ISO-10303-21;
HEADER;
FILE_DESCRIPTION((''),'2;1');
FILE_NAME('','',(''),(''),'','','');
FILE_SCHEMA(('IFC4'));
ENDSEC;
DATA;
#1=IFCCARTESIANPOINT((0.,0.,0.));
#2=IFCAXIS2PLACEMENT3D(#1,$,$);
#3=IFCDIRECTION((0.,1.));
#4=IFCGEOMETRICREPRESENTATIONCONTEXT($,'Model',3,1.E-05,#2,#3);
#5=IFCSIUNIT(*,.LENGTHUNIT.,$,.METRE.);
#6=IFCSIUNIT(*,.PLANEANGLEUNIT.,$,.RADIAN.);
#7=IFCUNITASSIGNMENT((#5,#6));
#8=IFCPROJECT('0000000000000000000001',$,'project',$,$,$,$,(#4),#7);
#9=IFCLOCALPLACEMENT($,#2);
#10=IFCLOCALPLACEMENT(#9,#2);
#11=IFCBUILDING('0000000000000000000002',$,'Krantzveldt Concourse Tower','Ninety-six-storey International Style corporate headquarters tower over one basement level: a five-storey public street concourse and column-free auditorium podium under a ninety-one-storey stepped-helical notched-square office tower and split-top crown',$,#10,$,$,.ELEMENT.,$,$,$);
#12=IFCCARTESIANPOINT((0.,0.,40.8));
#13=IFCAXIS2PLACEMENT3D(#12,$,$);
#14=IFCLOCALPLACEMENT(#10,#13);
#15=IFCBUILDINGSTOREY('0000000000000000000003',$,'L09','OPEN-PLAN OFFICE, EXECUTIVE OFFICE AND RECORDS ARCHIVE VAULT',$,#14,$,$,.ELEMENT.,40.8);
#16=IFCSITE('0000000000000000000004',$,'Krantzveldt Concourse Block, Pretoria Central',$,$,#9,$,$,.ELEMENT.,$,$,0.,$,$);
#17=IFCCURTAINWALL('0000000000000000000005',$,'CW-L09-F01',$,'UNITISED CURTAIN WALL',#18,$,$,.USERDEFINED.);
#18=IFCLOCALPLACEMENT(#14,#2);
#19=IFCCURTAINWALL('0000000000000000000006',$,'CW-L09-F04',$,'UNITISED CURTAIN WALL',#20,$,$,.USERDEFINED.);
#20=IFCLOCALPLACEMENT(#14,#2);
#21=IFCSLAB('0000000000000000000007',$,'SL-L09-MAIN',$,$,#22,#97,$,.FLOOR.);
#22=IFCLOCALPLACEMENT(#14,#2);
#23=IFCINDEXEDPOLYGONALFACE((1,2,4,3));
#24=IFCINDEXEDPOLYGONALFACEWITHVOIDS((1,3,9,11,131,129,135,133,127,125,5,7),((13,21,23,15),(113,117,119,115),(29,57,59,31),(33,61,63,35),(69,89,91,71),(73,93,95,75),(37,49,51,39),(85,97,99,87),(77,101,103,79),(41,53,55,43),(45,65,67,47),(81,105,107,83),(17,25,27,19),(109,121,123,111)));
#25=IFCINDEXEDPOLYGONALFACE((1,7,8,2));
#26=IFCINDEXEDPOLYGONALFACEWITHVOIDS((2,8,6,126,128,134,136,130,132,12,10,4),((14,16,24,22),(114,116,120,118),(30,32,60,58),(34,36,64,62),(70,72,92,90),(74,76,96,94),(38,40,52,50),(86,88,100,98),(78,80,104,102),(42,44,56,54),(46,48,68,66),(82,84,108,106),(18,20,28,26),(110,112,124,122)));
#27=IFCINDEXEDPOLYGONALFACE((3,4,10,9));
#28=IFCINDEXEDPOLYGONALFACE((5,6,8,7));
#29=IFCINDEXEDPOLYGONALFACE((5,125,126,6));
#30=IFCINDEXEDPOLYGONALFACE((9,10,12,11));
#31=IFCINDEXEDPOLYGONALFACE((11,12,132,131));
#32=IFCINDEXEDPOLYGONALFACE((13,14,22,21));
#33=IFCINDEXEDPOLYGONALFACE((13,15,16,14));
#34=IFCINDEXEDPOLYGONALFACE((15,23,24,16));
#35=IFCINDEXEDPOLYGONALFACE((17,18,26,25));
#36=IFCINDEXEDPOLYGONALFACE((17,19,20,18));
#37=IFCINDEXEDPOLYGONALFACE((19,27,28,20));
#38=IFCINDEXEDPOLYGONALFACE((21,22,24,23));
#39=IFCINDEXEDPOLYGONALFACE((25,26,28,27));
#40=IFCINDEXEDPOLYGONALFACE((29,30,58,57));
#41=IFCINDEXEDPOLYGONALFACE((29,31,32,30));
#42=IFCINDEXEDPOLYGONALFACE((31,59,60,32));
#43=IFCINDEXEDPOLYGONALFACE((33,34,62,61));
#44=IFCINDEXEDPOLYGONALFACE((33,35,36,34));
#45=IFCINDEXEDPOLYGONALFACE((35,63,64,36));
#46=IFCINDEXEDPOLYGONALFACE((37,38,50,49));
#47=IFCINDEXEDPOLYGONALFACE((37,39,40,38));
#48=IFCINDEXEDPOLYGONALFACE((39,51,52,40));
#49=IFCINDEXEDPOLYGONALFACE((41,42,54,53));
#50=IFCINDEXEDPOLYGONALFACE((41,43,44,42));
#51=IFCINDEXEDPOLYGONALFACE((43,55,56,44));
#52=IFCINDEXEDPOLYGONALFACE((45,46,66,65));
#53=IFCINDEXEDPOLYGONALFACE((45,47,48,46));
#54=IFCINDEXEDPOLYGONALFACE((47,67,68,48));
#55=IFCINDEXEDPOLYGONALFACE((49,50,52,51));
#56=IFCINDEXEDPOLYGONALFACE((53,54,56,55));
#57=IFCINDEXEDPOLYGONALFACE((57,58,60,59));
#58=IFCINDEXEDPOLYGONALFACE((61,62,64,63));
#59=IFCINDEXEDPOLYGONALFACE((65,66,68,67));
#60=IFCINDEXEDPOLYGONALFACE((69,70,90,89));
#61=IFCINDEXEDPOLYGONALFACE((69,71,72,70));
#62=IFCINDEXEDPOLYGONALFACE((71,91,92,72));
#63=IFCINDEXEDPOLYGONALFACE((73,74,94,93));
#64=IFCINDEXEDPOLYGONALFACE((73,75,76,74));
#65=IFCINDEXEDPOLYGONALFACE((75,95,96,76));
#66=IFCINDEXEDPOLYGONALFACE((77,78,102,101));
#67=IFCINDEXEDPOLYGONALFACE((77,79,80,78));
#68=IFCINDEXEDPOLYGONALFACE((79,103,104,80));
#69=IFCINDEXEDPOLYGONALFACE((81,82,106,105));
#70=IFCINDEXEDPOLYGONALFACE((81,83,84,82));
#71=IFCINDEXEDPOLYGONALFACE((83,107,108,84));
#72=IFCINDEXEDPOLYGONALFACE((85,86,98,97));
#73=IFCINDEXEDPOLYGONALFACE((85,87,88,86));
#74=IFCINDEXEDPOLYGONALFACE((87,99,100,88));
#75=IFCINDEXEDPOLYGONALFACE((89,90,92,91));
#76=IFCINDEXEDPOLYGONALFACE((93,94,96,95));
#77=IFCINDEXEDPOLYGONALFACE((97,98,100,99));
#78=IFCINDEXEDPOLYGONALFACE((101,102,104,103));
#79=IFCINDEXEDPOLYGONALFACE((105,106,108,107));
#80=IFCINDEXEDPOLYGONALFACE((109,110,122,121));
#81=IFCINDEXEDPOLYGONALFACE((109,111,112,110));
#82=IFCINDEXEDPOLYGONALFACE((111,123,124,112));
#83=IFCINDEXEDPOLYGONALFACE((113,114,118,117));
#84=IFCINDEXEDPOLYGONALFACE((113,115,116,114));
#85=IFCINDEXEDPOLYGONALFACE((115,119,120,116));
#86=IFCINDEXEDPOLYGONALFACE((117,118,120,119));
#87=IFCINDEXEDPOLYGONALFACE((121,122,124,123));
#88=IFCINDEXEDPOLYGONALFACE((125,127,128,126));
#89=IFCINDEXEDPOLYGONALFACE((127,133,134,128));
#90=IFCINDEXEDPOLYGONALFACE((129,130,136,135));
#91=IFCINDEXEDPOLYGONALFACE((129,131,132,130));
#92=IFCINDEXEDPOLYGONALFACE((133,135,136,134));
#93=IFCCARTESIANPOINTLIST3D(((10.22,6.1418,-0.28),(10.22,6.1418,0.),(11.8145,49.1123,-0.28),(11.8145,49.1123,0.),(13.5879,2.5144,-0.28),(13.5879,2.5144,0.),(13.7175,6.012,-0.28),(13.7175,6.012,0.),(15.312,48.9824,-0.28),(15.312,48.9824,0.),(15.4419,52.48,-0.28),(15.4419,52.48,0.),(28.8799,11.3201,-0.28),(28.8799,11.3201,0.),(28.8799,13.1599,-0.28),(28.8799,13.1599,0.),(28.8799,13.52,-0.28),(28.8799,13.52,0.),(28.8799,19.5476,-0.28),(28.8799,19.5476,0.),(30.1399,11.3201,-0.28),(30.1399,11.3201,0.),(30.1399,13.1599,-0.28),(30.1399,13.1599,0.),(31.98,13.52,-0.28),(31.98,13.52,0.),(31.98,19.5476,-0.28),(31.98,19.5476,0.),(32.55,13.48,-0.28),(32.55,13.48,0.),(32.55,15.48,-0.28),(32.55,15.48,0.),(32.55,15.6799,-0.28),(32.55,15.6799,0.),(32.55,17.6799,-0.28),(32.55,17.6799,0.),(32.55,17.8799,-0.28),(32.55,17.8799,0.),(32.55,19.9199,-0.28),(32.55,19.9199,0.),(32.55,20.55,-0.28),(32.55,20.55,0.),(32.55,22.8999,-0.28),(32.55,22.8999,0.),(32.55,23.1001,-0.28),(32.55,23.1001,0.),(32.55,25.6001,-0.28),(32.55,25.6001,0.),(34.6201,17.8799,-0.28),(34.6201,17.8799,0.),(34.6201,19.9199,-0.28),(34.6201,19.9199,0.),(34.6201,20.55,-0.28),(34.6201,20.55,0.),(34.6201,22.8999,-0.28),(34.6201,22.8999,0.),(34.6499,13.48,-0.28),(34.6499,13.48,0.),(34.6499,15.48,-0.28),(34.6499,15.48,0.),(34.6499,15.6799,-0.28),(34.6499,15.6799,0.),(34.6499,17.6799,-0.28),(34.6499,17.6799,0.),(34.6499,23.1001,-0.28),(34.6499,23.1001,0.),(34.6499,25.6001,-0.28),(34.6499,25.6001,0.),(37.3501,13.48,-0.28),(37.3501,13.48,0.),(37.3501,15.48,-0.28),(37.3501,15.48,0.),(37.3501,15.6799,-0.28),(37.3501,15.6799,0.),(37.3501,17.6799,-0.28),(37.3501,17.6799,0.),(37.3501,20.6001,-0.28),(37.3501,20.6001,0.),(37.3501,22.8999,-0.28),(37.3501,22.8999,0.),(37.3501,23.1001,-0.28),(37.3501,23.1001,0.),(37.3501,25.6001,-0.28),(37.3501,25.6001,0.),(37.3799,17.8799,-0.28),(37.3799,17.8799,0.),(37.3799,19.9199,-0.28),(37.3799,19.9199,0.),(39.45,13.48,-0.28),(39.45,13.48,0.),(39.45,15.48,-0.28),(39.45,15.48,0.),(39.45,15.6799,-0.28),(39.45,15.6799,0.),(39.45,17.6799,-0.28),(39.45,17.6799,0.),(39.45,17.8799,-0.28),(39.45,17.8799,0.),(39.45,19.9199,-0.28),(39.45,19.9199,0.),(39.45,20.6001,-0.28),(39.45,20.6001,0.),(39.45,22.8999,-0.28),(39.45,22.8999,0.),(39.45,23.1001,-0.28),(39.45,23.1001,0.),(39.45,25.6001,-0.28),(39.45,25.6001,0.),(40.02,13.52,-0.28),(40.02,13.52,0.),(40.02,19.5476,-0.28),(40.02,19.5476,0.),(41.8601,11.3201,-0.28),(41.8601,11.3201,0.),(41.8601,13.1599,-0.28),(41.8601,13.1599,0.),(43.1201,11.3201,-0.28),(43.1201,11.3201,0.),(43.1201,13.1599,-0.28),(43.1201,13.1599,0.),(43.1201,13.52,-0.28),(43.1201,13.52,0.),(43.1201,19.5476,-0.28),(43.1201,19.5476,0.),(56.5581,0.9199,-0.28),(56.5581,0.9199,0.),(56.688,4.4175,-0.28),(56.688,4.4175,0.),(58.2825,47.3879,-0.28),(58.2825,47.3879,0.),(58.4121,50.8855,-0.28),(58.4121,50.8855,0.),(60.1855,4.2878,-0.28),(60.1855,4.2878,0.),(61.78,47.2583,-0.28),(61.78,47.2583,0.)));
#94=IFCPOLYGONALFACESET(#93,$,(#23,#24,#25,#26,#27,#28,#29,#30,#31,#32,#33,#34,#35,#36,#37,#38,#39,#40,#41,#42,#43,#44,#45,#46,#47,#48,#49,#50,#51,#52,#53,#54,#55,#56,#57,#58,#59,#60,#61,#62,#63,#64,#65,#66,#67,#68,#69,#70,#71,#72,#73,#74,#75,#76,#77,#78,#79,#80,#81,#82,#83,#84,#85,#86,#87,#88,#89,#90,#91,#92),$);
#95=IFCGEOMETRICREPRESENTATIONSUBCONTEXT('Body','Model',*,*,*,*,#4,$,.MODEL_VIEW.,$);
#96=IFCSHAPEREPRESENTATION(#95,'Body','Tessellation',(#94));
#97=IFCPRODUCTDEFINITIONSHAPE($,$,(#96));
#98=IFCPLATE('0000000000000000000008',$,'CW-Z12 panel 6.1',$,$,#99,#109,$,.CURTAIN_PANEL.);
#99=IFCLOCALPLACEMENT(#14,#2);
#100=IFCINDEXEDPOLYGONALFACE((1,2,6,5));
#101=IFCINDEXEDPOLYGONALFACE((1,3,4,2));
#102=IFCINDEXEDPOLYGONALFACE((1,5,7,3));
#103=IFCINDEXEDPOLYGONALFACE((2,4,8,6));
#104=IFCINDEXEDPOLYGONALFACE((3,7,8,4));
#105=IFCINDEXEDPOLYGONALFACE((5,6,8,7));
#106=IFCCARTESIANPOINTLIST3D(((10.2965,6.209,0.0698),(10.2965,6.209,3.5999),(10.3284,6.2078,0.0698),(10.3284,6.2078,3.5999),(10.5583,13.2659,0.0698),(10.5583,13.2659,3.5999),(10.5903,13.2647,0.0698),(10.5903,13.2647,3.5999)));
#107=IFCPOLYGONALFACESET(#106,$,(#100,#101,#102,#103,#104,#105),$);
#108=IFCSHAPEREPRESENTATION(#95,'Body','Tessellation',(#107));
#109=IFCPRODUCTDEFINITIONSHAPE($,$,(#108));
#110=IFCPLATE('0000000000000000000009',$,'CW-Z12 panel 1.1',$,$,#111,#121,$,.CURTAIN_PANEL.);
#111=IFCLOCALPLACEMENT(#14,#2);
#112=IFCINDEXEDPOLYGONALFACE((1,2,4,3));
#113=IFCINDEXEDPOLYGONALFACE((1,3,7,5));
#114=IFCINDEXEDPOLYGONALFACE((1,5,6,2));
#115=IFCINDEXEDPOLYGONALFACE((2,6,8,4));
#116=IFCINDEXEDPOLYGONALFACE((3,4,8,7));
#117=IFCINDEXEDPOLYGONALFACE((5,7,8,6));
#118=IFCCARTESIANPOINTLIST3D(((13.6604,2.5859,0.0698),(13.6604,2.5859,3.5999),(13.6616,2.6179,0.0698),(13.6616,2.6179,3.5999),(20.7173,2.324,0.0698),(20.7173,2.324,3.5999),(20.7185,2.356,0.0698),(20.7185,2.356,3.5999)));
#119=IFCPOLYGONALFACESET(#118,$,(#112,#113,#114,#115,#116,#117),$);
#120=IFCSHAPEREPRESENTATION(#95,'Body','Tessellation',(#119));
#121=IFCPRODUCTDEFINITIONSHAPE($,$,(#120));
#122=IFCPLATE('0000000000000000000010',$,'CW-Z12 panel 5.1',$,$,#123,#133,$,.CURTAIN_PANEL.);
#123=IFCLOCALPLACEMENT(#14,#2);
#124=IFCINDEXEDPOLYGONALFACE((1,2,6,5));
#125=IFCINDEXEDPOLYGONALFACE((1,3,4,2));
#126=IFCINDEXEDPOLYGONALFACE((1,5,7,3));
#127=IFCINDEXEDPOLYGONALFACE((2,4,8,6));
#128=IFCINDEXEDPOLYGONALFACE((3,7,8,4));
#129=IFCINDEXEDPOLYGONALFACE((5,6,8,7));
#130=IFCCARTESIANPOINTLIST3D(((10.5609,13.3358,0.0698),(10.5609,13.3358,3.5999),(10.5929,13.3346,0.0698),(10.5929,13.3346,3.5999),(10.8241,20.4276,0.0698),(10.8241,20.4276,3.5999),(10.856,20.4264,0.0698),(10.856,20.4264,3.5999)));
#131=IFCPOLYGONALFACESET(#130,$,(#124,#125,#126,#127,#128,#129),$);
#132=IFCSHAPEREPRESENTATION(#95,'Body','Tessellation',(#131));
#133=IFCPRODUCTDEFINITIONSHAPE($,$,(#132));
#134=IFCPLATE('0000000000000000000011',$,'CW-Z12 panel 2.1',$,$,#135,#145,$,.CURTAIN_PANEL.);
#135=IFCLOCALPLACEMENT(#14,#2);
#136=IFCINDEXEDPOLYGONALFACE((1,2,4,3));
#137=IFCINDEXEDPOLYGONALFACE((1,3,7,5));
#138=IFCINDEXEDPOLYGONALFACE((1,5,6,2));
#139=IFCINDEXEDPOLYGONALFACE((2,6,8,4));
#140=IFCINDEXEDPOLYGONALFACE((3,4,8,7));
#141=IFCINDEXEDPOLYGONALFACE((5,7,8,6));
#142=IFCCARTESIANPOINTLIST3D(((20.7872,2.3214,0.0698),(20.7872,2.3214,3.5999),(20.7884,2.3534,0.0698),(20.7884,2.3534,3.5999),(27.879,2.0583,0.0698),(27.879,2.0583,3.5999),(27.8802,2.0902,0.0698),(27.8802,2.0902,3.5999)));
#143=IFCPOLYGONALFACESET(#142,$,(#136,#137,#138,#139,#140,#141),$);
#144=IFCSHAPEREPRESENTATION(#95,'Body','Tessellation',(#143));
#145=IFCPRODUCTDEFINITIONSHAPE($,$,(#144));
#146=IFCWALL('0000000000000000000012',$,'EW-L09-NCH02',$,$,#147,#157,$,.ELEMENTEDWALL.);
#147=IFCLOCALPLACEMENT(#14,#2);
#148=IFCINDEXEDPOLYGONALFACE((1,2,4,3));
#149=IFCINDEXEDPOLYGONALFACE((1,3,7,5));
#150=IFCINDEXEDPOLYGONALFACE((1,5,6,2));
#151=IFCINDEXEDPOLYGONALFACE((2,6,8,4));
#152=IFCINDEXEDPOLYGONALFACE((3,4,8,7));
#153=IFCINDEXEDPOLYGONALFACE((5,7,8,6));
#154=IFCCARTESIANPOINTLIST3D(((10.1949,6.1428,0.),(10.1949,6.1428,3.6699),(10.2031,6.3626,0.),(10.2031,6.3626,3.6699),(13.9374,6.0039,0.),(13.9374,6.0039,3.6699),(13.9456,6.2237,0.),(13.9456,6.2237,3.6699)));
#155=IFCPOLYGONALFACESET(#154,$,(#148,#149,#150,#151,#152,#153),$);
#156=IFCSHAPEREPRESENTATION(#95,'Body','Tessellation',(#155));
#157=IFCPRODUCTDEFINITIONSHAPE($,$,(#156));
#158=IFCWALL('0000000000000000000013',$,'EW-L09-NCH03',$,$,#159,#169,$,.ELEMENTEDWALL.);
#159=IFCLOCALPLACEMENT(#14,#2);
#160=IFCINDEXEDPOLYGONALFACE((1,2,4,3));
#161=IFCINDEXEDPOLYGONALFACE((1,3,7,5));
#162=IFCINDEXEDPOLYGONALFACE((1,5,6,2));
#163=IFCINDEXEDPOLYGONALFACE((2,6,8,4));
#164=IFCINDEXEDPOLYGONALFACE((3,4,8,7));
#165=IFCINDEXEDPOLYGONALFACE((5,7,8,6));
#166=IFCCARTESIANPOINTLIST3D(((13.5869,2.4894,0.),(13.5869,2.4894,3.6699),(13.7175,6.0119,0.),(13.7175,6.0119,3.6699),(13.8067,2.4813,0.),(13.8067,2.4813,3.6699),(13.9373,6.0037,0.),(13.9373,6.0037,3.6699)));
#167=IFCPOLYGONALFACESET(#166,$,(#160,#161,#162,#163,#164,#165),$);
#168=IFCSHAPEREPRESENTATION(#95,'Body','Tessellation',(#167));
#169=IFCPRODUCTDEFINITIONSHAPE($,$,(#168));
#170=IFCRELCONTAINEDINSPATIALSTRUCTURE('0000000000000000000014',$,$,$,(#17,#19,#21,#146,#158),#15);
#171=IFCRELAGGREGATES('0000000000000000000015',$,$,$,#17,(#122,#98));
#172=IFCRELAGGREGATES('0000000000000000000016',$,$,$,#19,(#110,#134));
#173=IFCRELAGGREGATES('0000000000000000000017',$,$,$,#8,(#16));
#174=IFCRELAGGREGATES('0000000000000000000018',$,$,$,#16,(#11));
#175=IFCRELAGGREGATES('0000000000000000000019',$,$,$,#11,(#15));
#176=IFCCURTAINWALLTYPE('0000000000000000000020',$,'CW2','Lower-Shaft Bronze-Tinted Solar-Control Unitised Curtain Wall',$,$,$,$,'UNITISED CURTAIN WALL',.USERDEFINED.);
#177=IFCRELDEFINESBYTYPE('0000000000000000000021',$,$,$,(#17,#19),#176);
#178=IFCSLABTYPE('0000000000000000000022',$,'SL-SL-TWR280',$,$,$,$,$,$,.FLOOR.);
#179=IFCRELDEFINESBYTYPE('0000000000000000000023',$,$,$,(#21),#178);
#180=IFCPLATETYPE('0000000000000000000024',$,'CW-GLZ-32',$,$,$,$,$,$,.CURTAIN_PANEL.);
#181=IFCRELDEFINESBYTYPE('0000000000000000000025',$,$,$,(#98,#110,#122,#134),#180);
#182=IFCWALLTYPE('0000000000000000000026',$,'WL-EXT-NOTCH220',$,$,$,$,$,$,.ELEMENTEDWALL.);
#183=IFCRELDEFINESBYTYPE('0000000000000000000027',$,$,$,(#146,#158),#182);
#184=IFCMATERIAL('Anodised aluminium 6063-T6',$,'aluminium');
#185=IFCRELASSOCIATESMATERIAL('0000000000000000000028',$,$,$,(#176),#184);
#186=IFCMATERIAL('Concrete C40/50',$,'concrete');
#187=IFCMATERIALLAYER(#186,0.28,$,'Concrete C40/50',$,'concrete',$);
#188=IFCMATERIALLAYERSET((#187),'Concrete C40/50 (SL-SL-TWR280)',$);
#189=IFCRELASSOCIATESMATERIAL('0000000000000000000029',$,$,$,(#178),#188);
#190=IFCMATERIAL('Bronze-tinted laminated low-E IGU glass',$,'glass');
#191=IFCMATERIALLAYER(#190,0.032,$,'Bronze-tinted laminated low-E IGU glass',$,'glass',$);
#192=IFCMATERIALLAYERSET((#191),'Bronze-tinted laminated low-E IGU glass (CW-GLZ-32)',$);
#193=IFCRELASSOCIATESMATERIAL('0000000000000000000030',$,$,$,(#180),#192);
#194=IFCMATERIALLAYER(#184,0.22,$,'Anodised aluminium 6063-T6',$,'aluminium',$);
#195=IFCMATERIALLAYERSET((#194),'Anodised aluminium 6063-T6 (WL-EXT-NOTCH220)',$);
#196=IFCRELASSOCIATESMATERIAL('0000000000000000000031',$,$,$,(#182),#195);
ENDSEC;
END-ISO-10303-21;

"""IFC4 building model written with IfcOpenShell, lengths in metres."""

from ifc_helpers import new_model, si_unit, direction, frame, frame_2d, origin, origin_2d, place, context, subcontext, project, spatial, polyline, rectangle, outline, extrude, source, transform, mapped, material, layer, layer_set, type_object, type_shapes, element, aggregate, save


model = new_model("IFC4")

# Units and contexts
model_context = context("Model", 3, precision=1e-05, world=origin(), true_north=direction((0.0, 1.0)))
body_context = subcontext(model_context, "Body", "Model", "MODEL_VIEW")
ifc_project = project(units=[si_unit("LENGTHUNIT", "METRE"), si_unit("PLANEANGLEUNIT", "RADIAN")], contexts=[model_context])

# Site, building, storey
site_placement = place(None, origin())
site = spatial("IfcSite", under=ifc_project, at=site_placement, Name="Krantzveldt Concourse Block, Pretoria Central", CompositionType="ELEMENT", RefElevation=0.0)
building_placement = place(site_placement, origin())
building = spatial("IfcBuilding", under=site, at=building_placement, Name="Krantzveldt Concourse Tower", Description="Ninety-six-storey International Style corporate headquarters tower over one basement level: a five-storey public street concourse and column-free auditorium podium under a ninety-one-storey stepped-helical notched-square office tower and split-top crown", CompositionType="ELEMENT")
storey_placement = place(building_placement, frame((0.0, 0.0, 40.8)))
storey = spatial("IfcBuildingStorey", under=building, at=storey_placement, Name="L09", Description="OPEN-PLAN OFFICE, EXECUTIVE OFFICE AND RECORDS ARCHIVE VAULT", CompositionType="ELEMENT", Elevation=40.8)

# Curtain walls
ifc_material_1 = material(Name="Anodised aluminium 6063-T6", Category="aluminium")
curtain_wall_type = type_object("IfcCurtainWallType", Name="CW2", Description="Lower-Shaft Bronze-Tinted Solar-Control Unitised Curtain Wall", ElementType="UNITISED CURTAIN WALL", PredefinedType="USERDEFINED", material=ifc_material_1)
curtain_wall_1_placement = place(storey_placement, origin())
curtain_wall_1 = element("IfcCurtainWall", 1, at=curtain_wall_1_placement, inside=storey, type_object=curtain_wall_type, Name="CW-L09-F01", ObjectType="UNITISED CURTAIN WALL", PredefinedType="USERDEFINED")
curtain_wall_2_placement = place(storey_placement, origin())
curtain_wall_2 = element("IfcCurtainWall", 2, at=curtain_wall_2_placement, inside=storey, type_object=curtain_wall_type, Name="CW-L09-F04", ObjectType="UNITISED CURTAIN WALL", PredefinedType="USERDEFINED")

# Slab
ifc_material_2 = material(Name="Concrete C40/50", Category="concrete")
ifc_layer_1 = layer(ifc_material_2, 0.28, Name="Concrete C40/50", Category="concrete")
ifc_layer_set_1 = layer_set([ifc_layer_1], Name="Concrete C40/50 (SL-SL-TWR280)")
slab_type_1 = type_object("IfcSlabType", Name="SL-SL-TWR280", PredefinedType="FLOOR", material=ifc_layer_set_1)
slab_1_placement = place(storey_placement, frame((0.0, 0.0, -0.28)))
element("IfcSlab", 3, at=slab_1_placement, inside=storey, type_object=slab_type_1, Name="SL-L09-MAIN", PredefinedType="FLOOR", context=body_context, shape_type="SweptSolid", body=[
    extrude(outline(polyline([(15.312, 48.9824), (11.8145, 49.1123), (10.22, 6.1418), (13.7175, 6.012), (13.5879, 2.5144), (56.5581, 0.9199), (56.688, 4.4175), (60.1855, 4.2878), (61.78, 47.2583), (58.2825, 47.3879), (58.4121, 50.8855), (15.4419, 52.48), (15.312, 48.9824)]), holes=[polyline([(28.8799, 19.5476), (28.8799, 13.52), (31.98, 13.52), (31.98, 19.5476), (28.8799, 19.5476)]), polyline([(40.02, 19.5476), (40.02, 13.52), (43.1201, 13.52), (43.1201, 19.5476), (40.02, 19.5476)]), polyline([(32.55, 23.1001), (34.6499, 23.1001), (34.6499, 25.6001), (32.55, 25.6001), (32.55, 23.1001)]), polyline([(37.3501, 23.1001), (39.45, 23.1001), (39.45, 25.6001), (37.3501, 25.6001), (37.3501, 23.1001)]), polyline([(37.3501, 20.6001), (39.45, 20.6001), (39.45, 22.8999), (37.3501, 22.8999), (37.3501, 20.6001)]), polyline([(32.55, 13.48), (34.6499, 13.48), (34.6499, 15.48), (32.55, 15.48), (32.55, 13.48)]), polyline([(32.55, 15.6799), (34.6499, 15.6799), (34.6499, 17.6799), (32.55, 17.6799), (32.55, 15.6799)]), polyline([(37.3501, 13.48), (39.45, 13.48), (39.45, 15.48), (37.3501, 15.48), (37.3501, 13.48)]), polyline([(37.3501, 15.6799), (39.45, 15.6799), (39.45, 17.6799), (37.3501, 17.6799), (37.3501, 15.6799)]), polyline([(32.55, 20.55), (34.6201, 20.55), (34.6201, 22.8999), (32.55, 22.8999), (32.55, 20.55)]), polyline([(32.55, 17.8799), (34.6201, 17.8799), (34.6201, 19.9199), (32.55, 19.9199), (32.55, 17.8799)]), polyline([(37.3799, 17.8799), (39.45, 17.8799), (39.45, 19.9199), (37.3799, 19.9199), (37.3799, 17.8799)]), polyline([(28.8799, 11.3201), (30.1399, 11.3201), (30.1399, 13.1599), (28.8799, 13.1599), (28.8799, 11.3201)]), polyline([(41.8601, 11.3201), (43.1201, 11.3201), (43.1201, 13.1599), (41.8601, 13.1599), (41.8601, 11.3201)])]), origin(), (0.0, 0.0, 1.0), 0.28),
])

# Plates
ifc_material_3 = material(Name="Bronze-tinted laminated low-E IGU glass", Category="glass")
ifc_layer_2 = layer(ifc_material_3, 0.032, Name="Bronze-tinted laminated low-E IGU glass", Category="glass")
ifc_layer_set_2 = layer_set([ifc_layer_2], Name="Bronze-tinted laminated low-E IGU glass (CW-GLZ-32)")
plate_type = type_object("IfcPlateType", Name="CW-GLZ-32", PredefinedType="CURTAIN_PANEL", material=ifc_layer_set_2)
shared_shape_1 = source(origin(), body_context, "Body", "SweptSolid", [
    extrude(rectangle(XDim=7.0618, YDim=0.032, at=origin_2d()), origin(), (0.0, 0.0, 1.0), 3.53),
])
plate_1_placement = place(storey_placement, frame((10.4434, 9.7368, 0.0698), z_axis=(0.0, 0.0, 1.0), x_axis=(-0.03708, -0.999312, 0.0)))
plate_1 = element("IfcPlate", 4, at=plate_1_placement, type_object=plate_type, Name="CW-Z12 panel 6.1", PredefinedType="CURTAIN_PANEL", context=body_context, shape_type="MappedRepresentation", body=[
    mapped(shared_shape_1, transform((0.0, 0.0, 0.0), x_axis=(1.0, 0.0, 0.0), y_axis=(0.0, 1.0, 0.0), z_axis=(0.0, 0.0, 1.0), scale=1.0)),
])
plate_2_placement = place(storey_placement, frame((17.1895, 2.4709, 0.0698), z_axis=(0.0, 0.0, 1.0), x_axis=(0.999312, -0.03708, 0.0)))
plate_2 = element("IfcPlate", 5, at=plate_2_placement, type_object=plate_type, Name="CW-Z12 panel 1.1", PredefinedType="CURTAIN_PANEL", context=body_context, shape_type="MappedRepresentation", body=[
    mapped(shared_shape_1, transform((0.0, 0.0, 0.0), x_axis=(1.0, 0.0, 0.0), y_axis=(0.0, 1.0, 0.0), z_axis=(0.0, 0.0, 1.0), scale=1.0)),
])
shared_shape_2 = source(origin(), body_context, "Body", "SweptSolid", [
    extrude(rectangle(XDim=7.0967, YDim=0.032, at=origin_2d()), origin(), (0.0, 0.0, 1.0), 3.53),
])
type_shapes(plate_type, [shared_shape_1, shared_shape_2])
plate_3_placement = place(storey_placement, frame((10.7085, 16.8811, 0.0698), z_axis=(0.0, 0.0, 1.0), x_axis=(-0.03708, -0.999312, 0.0)))
plate_3 = element("IfcPlate", 6, at=plate_3_placement, type_object=plate_type, Name="CW-Z12 panel 5.1", PredefinedType="CURTAIN_PANEL", context=body_context, shape_type="MappedRepresentation", body=[
    mapped(shared_shape_2, transform((0.0, 0.0, 0.0), x_axis=(1.0, 0.0, 0.0), y_axis=(0.0, 1.0, 0.0), z_axis=(0.0, 0.0, 1.0), scale=1.0)),
])
aggregate(curtain_wall_1, [plate_3, plate_1])
plate_4_placement = place(storey_placement, frame((24.3337, 2.2058, 0.0698), z_axis=(0.0, 0.0, 1.0), x_axis=(0.999312, -0.03708, 0.0)))
plate_4 = element("IfcPlate", 7, at=plate_4_placement, type_object=plate_type, Name="CW-Z12 panel 2.1", PredefinedType="CURTAIN_PANEL", context=body_context, shape_type="MappedRepresentation", body=[
    mapped(shared_shape_2, transform((0.0, 0.0, 0.0), x_axis=(1.0, 0.0, 0.0), y_axis=(0.0, 1.0, 0.0), z_axis=(0.0, 0.0, 1.0), scale=1.0)),
])
aggregate(curtain_wall_2, [plate_2, plate_4])

# Walls
ifc_layer_3 = layer(ifc_material_1, 0.22, Name="Anodised aluminium 6063-T6", Category="aluminium")
ifc_layer_set_3 = layer_set([ifc_layer_3], Name="Anodised aluminium 6063-T6 (WL-EXT-NOTCH220)")
wall_type = type_object("IfcWallType", Name="WL-EXT-NOTCH220", PredefinedType="ELEMENTEDWALL", material=ifc_layer_set_3)
wall_1_placement = place(storey_placement, frame((10.199, 6.2527, 0.0), z_axis=(0.0, 0.0, 1.0), x_axis=(0.999312, -0.037094, 0.0)))
element("IfcWall", 8, at=wall_1_placement, inside=storey, type_object=wall_type, Name="EW-L09-NCH02", PredefinedType="ELEMENTEDWALL", context=body_context, shape_type="SweptSolid", body=[
    extrude(rectangle(XDim=3.7451, YDim=0.22, at=frame_2d((1.8726, 0.0))), origin(), (0.0, 0.0, 1.0), 3.6699),
])
wall_2_placement = place(storey_placement, frame((13.8274, 6.0078, 0.0), z_axis=(0.0, 0.0, 1.0), x_axis=(-0.037055, -0.999313, 0.0)))
element("IfcWall", 9, at=wall_2_placement, inside=storey, type_object=wall_type, Name="EW-L09-NCH03", PredefinedType="ELEMENTEDWALL", context=body_context, shape_type="SweptSolid", body=[
    extrude(rectangle(XDim=3.5249, YDim=0.22, at=frame_2d((1.7625, 0.0))), origin(), (0.0, 0.0, 1.0), 3.6699),
])

save(model, "model.ifc")
